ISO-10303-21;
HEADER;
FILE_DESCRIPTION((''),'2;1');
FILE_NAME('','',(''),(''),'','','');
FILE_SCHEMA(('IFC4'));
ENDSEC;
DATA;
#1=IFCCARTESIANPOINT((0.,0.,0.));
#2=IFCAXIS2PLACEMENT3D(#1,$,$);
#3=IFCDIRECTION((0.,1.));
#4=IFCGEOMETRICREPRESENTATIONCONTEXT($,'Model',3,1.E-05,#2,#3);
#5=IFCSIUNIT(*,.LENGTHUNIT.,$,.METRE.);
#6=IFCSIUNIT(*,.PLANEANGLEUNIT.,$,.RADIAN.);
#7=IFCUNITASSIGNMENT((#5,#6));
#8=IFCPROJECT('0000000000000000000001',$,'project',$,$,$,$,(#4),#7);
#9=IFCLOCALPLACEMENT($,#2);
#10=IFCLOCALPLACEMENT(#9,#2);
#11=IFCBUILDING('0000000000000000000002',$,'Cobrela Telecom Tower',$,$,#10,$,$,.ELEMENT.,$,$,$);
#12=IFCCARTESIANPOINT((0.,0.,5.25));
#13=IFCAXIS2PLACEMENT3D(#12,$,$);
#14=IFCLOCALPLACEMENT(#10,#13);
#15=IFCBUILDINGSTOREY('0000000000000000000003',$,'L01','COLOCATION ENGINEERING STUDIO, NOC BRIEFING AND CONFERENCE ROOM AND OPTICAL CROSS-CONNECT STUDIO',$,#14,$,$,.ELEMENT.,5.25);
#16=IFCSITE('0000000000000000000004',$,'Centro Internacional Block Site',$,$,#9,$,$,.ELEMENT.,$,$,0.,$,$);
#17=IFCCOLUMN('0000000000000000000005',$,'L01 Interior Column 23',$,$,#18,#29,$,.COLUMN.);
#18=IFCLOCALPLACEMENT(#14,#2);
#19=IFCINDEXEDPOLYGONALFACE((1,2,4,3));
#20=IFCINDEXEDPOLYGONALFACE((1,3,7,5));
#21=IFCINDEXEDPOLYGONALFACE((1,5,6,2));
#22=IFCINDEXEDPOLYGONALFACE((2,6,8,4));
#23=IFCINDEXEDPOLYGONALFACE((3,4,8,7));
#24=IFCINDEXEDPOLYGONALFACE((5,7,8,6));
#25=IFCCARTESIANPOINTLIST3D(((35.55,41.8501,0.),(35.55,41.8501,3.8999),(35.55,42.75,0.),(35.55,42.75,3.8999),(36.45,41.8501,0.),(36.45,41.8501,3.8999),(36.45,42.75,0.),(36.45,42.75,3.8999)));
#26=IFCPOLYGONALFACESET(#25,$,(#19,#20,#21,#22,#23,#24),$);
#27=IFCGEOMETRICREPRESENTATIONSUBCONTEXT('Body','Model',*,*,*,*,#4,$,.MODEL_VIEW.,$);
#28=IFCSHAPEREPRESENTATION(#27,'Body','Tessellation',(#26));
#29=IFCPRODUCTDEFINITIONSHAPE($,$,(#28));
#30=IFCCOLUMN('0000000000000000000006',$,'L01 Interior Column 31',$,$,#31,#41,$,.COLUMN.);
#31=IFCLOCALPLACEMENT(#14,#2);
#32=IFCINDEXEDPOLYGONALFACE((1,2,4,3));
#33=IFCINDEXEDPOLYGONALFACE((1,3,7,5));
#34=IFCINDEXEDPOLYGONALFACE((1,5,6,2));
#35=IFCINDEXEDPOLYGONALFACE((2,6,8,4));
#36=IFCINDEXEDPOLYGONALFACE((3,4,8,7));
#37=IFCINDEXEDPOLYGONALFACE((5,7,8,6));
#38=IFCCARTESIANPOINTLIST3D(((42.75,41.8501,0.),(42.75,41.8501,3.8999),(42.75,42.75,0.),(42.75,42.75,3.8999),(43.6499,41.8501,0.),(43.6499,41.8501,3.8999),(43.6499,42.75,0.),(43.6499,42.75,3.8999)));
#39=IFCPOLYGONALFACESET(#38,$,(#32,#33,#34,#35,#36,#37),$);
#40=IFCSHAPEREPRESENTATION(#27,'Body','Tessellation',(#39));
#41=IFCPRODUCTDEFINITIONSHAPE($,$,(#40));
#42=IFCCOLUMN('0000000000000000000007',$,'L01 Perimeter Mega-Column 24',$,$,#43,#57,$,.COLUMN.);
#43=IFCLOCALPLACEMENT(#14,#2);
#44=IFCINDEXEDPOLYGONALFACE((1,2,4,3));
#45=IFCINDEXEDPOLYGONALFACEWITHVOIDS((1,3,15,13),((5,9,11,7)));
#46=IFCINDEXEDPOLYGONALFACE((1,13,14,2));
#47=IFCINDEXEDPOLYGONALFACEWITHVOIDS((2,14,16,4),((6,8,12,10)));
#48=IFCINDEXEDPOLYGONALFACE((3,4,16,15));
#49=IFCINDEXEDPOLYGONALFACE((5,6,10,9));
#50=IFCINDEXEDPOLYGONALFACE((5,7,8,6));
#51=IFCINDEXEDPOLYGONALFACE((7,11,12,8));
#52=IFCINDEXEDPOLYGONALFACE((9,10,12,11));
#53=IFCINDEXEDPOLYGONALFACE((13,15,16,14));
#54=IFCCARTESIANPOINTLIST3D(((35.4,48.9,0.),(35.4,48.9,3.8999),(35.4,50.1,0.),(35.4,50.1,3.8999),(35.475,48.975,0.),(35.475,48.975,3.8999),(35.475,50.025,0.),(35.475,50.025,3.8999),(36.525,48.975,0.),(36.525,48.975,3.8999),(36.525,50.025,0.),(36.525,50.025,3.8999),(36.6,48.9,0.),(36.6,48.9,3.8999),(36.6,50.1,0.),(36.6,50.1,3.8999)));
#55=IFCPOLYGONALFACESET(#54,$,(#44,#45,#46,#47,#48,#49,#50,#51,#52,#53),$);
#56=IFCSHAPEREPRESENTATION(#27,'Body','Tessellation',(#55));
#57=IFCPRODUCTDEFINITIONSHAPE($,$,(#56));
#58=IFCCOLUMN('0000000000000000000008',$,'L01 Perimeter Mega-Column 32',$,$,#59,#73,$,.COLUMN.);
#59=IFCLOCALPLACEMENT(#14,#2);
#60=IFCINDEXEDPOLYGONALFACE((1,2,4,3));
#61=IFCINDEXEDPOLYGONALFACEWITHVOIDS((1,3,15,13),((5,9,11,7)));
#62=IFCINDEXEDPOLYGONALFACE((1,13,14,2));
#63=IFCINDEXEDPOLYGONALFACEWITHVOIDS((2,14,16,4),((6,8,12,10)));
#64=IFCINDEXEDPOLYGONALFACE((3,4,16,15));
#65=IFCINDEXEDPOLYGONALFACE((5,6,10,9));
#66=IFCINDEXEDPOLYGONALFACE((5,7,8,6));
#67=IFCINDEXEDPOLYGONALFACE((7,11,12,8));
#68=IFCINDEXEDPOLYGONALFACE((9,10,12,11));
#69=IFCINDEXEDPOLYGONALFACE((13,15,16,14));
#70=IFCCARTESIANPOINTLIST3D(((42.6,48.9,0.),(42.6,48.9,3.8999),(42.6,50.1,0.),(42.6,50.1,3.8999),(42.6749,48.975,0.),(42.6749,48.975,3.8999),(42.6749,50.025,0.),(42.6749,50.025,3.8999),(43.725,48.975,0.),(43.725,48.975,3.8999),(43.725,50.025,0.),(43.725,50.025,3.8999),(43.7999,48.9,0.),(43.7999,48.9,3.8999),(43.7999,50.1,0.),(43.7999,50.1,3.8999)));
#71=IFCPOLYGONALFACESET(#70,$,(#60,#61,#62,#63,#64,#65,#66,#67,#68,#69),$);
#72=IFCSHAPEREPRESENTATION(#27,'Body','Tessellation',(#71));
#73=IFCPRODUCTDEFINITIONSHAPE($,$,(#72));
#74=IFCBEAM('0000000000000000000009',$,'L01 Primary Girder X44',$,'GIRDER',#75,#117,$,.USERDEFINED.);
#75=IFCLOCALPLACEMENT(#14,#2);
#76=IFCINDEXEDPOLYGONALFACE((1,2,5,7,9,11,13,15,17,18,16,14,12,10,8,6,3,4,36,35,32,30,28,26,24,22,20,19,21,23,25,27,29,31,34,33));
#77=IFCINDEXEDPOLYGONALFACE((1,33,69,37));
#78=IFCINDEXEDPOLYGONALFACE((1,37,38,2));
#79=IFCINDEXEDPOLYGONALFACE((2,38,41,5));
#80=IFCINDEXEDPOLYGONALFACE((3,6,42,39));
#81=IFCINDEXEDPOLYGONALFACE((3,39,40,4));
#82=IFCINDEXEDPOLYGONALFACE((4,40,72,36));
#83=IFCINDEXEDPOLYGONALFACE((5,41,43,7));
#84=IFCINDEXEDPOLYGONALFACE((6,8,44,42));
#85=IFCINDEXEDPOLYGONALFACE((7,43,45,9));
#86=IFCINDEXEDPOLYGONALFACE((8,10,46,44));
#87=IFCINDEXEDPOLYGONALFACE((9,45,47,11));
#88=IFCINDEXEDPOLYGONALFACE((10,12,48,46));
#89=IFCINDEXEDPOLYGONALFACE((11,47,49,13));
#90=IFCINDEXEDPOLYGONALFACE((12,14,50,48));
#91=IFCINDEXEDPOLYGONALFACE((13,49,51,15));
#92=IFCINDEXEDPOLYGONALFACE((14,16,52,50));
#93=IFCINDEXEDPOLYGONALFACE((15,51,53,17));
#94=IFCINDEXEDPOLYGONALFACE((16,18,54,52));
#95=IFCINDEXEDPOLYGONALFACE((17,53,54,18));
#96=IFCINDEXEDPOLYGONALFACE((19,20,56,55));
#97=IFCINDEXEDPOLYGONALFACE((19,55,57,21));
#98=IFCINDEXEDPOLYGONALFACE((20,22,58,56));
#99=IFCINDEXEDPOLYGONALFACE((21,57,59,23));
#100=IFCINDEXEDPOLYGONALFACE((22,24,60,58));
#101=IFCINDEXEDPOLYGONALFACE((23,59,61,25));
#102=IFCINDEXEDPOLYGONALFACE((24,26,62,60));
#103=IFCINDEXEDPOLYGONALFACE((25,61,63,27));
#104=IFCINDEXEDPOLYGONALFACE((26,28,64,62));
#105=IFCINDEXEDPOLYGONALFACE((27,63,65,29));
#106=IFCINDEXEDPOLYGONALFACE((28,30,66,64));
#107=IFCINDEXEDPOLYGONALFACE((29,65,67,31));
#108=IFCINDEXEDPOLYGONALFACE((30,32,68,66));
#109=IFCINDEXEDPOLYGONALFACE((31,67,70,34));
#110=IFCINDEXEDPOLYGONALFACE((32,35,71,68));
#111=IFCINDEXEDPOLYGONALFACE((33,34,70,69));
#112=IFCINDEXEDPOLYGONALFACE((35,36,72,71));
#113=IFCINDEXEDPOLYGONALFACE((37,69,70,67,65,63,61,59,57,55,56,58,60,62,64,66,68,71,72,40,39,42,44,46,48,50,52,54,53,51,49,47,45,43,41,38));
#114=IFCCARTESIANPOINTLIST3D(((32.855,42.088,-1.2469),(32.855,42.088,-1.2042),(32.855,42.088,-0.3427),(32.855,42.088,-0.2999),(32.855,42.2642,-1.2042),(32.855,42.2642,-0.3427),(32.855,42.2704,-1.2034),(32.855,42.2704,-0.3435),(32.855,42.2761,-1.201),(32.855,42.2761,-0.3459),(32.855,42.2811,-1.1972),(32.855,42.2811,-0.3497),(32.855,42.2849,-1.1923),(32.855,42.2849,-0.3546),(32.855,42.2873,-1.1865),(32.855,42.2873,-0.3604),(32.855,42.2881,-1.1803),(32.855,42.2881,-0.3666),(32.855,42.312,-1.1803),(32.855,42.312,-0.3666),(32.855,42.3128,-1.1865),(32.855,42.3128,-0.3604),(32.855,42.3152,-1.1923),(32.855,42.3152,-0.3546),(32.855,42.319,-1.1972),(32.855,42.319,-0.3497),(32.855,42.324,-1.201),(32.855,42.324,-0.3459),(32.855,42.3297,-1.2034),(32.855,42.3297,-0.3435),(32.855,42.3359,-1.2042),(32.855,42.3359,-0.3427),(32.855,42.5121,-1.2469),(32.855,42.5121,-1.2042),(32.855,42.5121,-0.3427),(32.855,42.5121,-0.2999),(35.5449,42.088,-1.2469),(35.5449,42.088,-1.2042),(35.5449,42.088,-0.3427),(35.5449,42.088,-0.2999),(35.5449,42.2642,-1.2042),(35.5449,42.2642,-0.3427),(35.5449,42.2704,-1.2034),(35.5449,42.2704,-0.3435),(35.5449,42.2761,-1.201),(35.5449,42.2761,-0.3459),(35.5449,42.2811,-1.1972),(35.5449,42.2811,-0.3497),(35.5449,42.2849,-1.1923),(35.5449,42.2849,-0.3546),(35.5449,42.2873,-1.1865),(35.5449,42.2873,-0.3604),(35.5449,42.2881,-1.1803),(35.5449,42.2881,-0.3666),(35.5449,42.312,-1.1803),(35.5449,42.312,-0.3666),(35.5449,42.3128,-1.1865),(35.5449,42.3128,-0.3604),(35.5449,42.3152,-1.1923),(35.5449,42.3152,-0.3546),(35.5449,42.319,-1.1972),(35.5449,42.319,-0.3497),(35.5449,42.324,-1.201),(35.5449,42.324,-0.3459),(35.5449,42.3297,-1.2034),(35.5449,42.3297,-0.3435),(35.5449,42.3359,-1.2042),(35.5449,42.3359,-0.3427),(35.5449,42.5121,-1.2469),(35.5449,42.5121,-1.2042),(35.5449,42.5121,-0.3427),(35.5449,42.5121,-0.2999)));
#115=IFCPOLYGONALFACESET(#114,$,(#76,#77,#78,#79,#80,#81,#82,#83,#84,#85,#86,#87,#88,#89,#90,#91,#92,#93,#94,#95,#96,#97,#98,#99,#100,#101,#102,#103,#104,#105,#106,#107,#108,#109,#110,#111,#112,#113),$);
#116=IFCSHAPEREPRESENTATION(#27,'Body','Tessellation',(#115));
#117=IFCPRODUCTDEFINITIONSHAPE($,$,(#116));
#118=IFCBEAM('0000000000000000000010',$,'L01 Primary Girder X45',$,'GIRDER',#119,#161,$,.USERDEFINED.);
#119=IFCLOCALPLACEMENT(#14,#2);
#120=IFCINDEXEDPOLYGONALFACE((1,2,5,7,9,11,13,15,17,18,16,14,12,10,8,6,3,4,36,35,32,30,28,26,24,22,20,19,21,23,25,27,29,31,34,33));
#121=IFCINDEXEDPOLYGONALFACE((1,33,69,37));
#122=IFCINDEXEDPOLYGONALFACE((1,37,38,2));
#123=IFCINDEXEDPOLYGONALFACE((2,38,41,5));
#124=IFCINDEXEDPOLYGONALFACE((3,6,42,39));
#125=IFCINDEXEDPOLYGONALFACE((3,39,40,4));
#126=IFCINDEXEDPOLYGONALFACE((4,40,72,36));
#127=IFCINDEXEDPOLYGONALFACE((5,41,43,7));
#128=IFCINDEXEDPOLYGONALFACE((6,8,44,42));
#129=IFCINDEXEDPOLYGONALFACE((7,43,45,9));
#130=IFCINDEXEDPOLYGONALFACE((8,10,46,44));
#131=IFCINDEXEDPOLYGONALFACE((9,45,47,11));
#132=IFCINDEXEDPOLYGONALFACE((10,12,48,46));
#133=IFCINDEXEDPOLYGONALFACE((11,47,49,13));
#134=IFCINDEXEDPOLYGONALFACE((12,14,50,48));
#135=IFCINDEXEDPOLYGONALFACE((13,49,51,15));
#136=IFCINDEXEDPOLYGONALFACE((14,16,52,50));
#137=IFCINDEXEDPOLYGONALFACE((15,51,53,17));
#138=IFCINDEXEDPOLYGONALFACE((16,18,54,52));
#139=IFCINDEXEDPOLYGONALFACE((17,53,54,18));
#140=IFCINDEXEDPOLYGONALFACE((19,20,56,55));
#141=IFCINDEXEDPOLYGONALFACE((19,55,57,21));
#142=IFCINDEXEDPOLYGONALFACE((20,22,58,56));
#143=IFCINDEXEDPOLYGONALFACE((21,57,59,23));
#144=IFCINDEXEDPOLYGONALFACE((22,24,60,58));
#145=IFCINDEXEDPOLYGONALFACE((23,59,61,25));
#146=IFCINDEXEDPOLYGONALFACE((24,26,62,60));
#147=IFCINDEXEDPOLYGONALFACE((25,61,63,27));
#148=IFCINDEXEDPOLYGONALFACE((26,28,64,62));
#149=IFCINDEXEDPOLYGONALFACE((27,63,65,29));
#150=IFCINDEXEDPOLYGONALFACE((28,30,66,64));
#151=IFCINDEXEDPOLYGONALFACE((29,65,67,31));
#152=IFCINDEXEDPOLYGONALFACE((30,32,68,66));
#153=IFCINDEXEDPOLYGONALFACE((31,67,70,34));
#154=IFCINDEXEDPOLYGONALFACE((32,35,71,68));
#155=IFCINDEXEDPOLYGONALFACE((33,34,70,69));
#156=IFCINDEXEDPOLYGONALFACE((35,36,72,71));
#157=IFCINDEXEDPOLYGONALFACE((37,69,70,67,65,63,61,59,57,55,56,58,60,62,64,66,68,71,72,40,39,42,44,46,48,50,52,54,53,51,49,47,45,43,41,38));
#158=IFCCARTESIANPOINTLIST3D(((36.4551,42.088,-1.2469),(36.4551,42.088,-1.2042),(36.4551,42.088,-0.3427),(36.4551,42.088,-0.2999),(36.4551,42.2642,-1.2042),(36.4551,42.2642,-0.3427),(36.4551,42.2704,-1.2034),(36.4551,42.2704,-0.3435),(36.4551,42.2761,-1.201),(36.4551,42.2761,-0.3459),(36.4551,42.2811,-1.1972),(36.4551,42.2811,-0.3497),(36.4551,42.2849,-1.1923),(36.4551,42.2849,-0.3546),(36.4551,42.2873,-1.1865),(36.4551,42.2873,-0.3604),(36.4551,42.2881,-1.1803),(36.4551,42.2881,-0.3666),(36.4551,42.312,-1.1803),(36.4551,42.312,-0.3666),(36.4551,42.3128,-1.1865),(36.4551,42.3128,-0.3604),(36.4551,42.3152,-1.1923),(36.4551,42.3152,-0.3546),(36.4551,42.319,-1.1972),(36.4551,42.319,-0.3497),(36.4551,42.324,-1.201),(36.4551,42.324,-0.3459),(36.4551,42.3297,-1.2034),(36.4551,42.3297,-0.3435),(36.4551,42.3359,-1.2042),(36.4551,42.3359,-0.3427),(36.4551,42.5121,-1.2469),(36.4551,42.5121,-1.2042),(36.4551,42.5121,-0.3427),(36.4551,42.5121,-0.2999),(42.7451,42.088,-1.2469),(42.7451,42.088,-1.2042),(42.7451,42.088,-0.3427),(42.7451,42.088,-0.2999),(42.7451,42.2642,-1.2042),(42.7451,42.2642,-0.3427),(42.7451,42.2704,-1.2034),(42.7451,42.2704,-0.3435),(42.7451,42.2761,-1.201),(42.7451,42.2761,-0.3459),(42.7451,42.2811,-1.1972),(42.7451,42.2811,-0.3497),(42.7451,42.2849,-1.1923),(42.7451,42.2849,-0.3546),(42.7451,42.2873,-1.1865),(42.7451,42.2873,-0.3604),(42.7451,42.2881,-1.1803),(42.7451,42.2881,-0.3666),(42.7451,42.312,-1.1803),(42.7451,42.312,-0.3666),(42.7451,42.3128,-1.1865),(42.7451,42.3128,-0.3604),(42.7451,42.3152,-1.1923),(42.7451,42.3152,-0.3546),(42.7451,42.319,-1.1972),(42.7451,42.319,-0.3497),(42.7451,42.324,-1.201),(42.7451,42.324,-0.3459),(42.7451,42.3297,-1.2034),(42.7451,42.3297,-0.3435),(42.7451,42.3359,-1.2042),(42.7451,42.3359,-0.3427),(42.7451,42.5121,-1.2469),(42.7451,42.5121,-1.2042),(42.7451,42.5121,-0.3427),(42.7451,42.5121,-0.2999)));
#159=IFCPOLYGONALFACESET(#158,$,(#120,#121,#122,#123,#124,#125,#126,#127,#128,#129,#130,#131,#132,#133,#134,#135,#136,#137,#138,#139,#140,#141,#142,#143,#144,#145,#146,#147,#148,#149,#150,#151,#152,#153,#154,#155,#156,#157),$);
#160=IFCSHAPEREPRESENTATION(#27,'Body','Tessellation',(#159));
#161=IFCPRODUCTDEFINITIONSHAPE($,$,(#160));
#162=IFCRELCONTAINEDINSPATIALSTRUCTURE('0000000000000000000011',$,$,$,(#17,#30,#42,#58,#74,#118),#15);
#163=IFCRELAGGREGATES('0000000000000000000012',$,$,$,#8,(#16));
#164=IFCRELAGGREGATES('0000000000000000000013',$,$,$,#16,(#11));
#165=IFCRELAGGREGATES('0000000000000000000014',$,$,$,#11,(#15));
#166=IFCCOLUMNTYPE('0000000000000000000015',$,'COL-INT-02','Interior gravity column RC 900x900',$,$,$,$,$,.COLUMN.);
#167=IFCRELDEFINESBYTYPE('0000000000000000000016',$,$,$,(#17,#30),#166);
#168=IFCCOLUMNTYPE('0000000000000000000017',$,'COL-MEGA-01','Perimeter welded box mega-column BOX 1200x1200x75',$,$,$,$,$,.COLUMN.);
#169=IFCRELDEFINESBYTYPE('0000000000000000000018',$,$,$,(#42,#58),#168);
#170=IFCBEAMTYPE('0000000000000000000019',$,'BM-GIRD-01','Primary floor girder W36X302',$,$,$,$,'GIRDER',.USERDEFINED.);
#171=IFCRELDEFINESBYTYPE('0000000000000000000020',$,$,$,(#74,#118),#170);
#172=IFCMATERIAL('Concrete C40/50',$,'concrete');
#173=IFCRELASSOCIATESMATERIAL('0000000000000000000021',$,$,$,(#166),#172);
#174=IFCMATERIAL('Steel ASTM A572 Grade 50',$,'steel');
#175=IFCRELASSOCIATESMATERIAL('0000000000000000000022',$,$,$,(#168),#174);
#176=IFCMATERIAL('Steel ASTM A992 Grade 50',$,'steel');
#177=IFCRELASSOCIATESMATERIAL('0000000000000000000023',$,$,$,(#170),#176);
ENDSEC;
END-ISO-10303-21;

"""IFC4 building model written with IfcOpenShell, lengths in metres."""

from ifc_helpers import new_model, si_unit, direction, frame, origin, origin_2d, place, context, subcontext, project, spatial, rectangle, hollow_rectangle, i_section, extrude, material, material_profile, profile_set, type_object, element, save


model = new_model("IFC4")

# Units and contexts
model_context = context("Model", 3, precision=1e-05, world=origin(), true_north=direction((0.0, 1.0)))
body_context = subcontext(model_context, "Body", "Model", "MODEL_VIEW")
ifc_project = project(units=[si_unit("LENGTHUNIT", "METRE"), si_unit("PLANEANGLEUNIT", "RADIAN")], contexts=[model_context])

# Site, building, storey
site_placement = place(None, origin())
site = spatial("IfcSite", under=ifc_project, at=site_placement, Name="Centro Internacional Block Site", CompositionType="ELEMENT", RefElevation=0.0)
building_placement = place(site_placement, origin())
building = spatial("IfcBuilding", under=site, at=building_placement, Name="Cobrela Telecom Tower", CompositionType="ELEMENT")
storey_placement = place(building_placement, frame((0.0, 0.0, 5.25)))
storey = spatial("IfcBuildingStorey", under=building, at=storey_placement, Name="L01", Description="COLOCATION ENGINEERING STUDIO, NOC BRIEFING AND CONFERENCE ROOM AND OPTICAL CROSS-CONNECT STUDIO", CompositionType="ELEMENT", Elevation=5.25)

# Columns
ifc_material_1 = material(Name="Concrete C40/50", Category="concrete")
ifc_material_profile_1 = material_profile(ifc_material_1, rectangle(XDim=0.8999, YDim=0.8999, at=origin_2d()), Name="RC 900x900")
ifc_profile_set_1 = profile_set([ifc_material_profile_1], Name="Concrete C40/50")
column_type_1 = type_object("IfcColumnType", Name="COL-INT-02", Description="Interior gravity column RC 900x900", PredefinedType="COLUMN", material=ifc_profile_set_1)
for number, where, z_axis, x_axis, name in (
    (1, (36.0, 42.3, 0.0), (0.0, 0.0, 1.0), (1.0, 0.0, 0.0), "L01 Interior Column 23"),
    (2, (43.2, 42.3, 0.0), (0.0, 0.0, 1.0), (1.0, 0.0, 0.0), "L01 Interior Column 31"),
):
    element("IfcColumn", number, at=place(storey_placement, frame(where, z_axis=z_axis, x_axis=x_axis)), inside=storey, type_object=column_type_1, Name=name, PredefinedType="COLUMN", context=body_context, shape_type="SweptSolid", body=[
        extrude(rectangle(XDim=0.8999, YDim=0.8999, at=origin_2d()), origin(), (0.0, 0.0, 1.0), 3.8999),
    ])
ifc_material_2 = material(Name="Steel ASTM A572 Grade 50", Category="steel")
ifc_material_profile_2 = material_profile(ifc_material_2, hollow_rectangle(XDim=1.2, YDim=1.2, WallThickness=0.075, at=origin_2d()), Name="BOX 1200x1200x75")
ifc_profile_set_2 = profile_set([ifc_material_profile_2], Name="Steel ASTM A572 Grade 50")
column_type_2 = type_object("IfcColumnType", Name="COL-MEGA-01", Description="Perimeter welded box mega-column BOX 1200x1200x75", PredefinedType="COLUMN", material=ifc_profile_set_2)
for number, where, z_axis, x_axis, name in (
    (3, (36.0, 49.5, 0.0), (0.0, 0.0, 1.0), (1.0, 0.0, 0.0), "L01 Perimeter Mega-Column 24"),
    (4, (43.2, 49.5, 0.0), (0.0, 0.0, 1.0), (1.0, 0.0, 0.0), "L01 Perimeter Mega-Column 32"),
):
    element("IfcColumn", number, at=place(storey_placement, frame(where, z_axis=z_axis, x_axis=x_axis)), inside=storey, type_object=column_type_2, Name=name, PredefinedType="COLUMN", context=body_context, shape_type="SweptSolid", body=[
        extrude(hollow_rectangle(XDim=1.2, YDim=1.2, WallThickness=0.075, at=origin_2d()), origin(), (0.0, 0.0, 1.0), 3.8999),
    ])

# Beams
ifc_material_3 = material(Name="Steel ASTM A992 Grade 50", Category="steel")
ifc_material_profile_3 = material_profile(ifc_material_3, i_section(OverallWidth=0.4241, OverallDepth=0.947, WebThickness=0.0239, FlangeThickness=0.0427, FilletRadius=0.0239, at=origin_2d()), Name="W36X302")
ifc_profile_set_3 = profile_set([ifc_material_profile_3], Name="Steel ASTM A992 Grade 50")
beam_type_1 = type_object("IfcBeamType", Name="BM-GIRD-01", Description="Primary floor girder W36X302", ElementType="GIRDER", PredefinedType="USERDEFINED", material=ifc_profile_set_3)
beam_1_placement = place(storey_placement, frame((32.855, 42.3, -0.7734), z_axis=(1.0, 0.0, 0.0), x_axis=(0.0, 1.0, 0.0)))
element("IfcBeam", 5, at=beam_1_placement, inside=storey, type_object=beam_type_1, Name="L01 Primary Girder X44", ObjectType="GIRDER", PredefinedType="USERDEFINED", context=body_context, shape_type="SweptSolid", body=[
    extrude(i_section(OverallWidth=0.4241, OverallDepth=0.947, WebThickness=0.0239, FlangeThickness=0.0427, FilletRadius=0.0239, at=origin_2d()), origin(), (0.0, 0.0, 1.0), 2.6899),
])
beam_2_placement = place(storey_placement, frame((36.4551, 42.3, -0.7734), z_axis=(1.0, 0.0, 0.0), x_axis=(0.0, 1.0, 0.0)))
element("IfcBeam", 6, at=beam_2_placement, inside=storey, type_object=beam_type_1, Name="L01 Primary Girder X45", ObjectType="GIRDER", PredefinedType="USERDEFINED", context=body_context, shape_type="SweptSolid", body=[
    extrude(i_section(OverallWidth=0.4241, OverallDepth=0.947, WebThickness=0.0239, FlangeThickness=0.0427, FilletRadius=0.0239, at=origin_2d()), origin(), (0.0, 0.0, 1.0), 6.29),
])

save(model, "model.ifc")
